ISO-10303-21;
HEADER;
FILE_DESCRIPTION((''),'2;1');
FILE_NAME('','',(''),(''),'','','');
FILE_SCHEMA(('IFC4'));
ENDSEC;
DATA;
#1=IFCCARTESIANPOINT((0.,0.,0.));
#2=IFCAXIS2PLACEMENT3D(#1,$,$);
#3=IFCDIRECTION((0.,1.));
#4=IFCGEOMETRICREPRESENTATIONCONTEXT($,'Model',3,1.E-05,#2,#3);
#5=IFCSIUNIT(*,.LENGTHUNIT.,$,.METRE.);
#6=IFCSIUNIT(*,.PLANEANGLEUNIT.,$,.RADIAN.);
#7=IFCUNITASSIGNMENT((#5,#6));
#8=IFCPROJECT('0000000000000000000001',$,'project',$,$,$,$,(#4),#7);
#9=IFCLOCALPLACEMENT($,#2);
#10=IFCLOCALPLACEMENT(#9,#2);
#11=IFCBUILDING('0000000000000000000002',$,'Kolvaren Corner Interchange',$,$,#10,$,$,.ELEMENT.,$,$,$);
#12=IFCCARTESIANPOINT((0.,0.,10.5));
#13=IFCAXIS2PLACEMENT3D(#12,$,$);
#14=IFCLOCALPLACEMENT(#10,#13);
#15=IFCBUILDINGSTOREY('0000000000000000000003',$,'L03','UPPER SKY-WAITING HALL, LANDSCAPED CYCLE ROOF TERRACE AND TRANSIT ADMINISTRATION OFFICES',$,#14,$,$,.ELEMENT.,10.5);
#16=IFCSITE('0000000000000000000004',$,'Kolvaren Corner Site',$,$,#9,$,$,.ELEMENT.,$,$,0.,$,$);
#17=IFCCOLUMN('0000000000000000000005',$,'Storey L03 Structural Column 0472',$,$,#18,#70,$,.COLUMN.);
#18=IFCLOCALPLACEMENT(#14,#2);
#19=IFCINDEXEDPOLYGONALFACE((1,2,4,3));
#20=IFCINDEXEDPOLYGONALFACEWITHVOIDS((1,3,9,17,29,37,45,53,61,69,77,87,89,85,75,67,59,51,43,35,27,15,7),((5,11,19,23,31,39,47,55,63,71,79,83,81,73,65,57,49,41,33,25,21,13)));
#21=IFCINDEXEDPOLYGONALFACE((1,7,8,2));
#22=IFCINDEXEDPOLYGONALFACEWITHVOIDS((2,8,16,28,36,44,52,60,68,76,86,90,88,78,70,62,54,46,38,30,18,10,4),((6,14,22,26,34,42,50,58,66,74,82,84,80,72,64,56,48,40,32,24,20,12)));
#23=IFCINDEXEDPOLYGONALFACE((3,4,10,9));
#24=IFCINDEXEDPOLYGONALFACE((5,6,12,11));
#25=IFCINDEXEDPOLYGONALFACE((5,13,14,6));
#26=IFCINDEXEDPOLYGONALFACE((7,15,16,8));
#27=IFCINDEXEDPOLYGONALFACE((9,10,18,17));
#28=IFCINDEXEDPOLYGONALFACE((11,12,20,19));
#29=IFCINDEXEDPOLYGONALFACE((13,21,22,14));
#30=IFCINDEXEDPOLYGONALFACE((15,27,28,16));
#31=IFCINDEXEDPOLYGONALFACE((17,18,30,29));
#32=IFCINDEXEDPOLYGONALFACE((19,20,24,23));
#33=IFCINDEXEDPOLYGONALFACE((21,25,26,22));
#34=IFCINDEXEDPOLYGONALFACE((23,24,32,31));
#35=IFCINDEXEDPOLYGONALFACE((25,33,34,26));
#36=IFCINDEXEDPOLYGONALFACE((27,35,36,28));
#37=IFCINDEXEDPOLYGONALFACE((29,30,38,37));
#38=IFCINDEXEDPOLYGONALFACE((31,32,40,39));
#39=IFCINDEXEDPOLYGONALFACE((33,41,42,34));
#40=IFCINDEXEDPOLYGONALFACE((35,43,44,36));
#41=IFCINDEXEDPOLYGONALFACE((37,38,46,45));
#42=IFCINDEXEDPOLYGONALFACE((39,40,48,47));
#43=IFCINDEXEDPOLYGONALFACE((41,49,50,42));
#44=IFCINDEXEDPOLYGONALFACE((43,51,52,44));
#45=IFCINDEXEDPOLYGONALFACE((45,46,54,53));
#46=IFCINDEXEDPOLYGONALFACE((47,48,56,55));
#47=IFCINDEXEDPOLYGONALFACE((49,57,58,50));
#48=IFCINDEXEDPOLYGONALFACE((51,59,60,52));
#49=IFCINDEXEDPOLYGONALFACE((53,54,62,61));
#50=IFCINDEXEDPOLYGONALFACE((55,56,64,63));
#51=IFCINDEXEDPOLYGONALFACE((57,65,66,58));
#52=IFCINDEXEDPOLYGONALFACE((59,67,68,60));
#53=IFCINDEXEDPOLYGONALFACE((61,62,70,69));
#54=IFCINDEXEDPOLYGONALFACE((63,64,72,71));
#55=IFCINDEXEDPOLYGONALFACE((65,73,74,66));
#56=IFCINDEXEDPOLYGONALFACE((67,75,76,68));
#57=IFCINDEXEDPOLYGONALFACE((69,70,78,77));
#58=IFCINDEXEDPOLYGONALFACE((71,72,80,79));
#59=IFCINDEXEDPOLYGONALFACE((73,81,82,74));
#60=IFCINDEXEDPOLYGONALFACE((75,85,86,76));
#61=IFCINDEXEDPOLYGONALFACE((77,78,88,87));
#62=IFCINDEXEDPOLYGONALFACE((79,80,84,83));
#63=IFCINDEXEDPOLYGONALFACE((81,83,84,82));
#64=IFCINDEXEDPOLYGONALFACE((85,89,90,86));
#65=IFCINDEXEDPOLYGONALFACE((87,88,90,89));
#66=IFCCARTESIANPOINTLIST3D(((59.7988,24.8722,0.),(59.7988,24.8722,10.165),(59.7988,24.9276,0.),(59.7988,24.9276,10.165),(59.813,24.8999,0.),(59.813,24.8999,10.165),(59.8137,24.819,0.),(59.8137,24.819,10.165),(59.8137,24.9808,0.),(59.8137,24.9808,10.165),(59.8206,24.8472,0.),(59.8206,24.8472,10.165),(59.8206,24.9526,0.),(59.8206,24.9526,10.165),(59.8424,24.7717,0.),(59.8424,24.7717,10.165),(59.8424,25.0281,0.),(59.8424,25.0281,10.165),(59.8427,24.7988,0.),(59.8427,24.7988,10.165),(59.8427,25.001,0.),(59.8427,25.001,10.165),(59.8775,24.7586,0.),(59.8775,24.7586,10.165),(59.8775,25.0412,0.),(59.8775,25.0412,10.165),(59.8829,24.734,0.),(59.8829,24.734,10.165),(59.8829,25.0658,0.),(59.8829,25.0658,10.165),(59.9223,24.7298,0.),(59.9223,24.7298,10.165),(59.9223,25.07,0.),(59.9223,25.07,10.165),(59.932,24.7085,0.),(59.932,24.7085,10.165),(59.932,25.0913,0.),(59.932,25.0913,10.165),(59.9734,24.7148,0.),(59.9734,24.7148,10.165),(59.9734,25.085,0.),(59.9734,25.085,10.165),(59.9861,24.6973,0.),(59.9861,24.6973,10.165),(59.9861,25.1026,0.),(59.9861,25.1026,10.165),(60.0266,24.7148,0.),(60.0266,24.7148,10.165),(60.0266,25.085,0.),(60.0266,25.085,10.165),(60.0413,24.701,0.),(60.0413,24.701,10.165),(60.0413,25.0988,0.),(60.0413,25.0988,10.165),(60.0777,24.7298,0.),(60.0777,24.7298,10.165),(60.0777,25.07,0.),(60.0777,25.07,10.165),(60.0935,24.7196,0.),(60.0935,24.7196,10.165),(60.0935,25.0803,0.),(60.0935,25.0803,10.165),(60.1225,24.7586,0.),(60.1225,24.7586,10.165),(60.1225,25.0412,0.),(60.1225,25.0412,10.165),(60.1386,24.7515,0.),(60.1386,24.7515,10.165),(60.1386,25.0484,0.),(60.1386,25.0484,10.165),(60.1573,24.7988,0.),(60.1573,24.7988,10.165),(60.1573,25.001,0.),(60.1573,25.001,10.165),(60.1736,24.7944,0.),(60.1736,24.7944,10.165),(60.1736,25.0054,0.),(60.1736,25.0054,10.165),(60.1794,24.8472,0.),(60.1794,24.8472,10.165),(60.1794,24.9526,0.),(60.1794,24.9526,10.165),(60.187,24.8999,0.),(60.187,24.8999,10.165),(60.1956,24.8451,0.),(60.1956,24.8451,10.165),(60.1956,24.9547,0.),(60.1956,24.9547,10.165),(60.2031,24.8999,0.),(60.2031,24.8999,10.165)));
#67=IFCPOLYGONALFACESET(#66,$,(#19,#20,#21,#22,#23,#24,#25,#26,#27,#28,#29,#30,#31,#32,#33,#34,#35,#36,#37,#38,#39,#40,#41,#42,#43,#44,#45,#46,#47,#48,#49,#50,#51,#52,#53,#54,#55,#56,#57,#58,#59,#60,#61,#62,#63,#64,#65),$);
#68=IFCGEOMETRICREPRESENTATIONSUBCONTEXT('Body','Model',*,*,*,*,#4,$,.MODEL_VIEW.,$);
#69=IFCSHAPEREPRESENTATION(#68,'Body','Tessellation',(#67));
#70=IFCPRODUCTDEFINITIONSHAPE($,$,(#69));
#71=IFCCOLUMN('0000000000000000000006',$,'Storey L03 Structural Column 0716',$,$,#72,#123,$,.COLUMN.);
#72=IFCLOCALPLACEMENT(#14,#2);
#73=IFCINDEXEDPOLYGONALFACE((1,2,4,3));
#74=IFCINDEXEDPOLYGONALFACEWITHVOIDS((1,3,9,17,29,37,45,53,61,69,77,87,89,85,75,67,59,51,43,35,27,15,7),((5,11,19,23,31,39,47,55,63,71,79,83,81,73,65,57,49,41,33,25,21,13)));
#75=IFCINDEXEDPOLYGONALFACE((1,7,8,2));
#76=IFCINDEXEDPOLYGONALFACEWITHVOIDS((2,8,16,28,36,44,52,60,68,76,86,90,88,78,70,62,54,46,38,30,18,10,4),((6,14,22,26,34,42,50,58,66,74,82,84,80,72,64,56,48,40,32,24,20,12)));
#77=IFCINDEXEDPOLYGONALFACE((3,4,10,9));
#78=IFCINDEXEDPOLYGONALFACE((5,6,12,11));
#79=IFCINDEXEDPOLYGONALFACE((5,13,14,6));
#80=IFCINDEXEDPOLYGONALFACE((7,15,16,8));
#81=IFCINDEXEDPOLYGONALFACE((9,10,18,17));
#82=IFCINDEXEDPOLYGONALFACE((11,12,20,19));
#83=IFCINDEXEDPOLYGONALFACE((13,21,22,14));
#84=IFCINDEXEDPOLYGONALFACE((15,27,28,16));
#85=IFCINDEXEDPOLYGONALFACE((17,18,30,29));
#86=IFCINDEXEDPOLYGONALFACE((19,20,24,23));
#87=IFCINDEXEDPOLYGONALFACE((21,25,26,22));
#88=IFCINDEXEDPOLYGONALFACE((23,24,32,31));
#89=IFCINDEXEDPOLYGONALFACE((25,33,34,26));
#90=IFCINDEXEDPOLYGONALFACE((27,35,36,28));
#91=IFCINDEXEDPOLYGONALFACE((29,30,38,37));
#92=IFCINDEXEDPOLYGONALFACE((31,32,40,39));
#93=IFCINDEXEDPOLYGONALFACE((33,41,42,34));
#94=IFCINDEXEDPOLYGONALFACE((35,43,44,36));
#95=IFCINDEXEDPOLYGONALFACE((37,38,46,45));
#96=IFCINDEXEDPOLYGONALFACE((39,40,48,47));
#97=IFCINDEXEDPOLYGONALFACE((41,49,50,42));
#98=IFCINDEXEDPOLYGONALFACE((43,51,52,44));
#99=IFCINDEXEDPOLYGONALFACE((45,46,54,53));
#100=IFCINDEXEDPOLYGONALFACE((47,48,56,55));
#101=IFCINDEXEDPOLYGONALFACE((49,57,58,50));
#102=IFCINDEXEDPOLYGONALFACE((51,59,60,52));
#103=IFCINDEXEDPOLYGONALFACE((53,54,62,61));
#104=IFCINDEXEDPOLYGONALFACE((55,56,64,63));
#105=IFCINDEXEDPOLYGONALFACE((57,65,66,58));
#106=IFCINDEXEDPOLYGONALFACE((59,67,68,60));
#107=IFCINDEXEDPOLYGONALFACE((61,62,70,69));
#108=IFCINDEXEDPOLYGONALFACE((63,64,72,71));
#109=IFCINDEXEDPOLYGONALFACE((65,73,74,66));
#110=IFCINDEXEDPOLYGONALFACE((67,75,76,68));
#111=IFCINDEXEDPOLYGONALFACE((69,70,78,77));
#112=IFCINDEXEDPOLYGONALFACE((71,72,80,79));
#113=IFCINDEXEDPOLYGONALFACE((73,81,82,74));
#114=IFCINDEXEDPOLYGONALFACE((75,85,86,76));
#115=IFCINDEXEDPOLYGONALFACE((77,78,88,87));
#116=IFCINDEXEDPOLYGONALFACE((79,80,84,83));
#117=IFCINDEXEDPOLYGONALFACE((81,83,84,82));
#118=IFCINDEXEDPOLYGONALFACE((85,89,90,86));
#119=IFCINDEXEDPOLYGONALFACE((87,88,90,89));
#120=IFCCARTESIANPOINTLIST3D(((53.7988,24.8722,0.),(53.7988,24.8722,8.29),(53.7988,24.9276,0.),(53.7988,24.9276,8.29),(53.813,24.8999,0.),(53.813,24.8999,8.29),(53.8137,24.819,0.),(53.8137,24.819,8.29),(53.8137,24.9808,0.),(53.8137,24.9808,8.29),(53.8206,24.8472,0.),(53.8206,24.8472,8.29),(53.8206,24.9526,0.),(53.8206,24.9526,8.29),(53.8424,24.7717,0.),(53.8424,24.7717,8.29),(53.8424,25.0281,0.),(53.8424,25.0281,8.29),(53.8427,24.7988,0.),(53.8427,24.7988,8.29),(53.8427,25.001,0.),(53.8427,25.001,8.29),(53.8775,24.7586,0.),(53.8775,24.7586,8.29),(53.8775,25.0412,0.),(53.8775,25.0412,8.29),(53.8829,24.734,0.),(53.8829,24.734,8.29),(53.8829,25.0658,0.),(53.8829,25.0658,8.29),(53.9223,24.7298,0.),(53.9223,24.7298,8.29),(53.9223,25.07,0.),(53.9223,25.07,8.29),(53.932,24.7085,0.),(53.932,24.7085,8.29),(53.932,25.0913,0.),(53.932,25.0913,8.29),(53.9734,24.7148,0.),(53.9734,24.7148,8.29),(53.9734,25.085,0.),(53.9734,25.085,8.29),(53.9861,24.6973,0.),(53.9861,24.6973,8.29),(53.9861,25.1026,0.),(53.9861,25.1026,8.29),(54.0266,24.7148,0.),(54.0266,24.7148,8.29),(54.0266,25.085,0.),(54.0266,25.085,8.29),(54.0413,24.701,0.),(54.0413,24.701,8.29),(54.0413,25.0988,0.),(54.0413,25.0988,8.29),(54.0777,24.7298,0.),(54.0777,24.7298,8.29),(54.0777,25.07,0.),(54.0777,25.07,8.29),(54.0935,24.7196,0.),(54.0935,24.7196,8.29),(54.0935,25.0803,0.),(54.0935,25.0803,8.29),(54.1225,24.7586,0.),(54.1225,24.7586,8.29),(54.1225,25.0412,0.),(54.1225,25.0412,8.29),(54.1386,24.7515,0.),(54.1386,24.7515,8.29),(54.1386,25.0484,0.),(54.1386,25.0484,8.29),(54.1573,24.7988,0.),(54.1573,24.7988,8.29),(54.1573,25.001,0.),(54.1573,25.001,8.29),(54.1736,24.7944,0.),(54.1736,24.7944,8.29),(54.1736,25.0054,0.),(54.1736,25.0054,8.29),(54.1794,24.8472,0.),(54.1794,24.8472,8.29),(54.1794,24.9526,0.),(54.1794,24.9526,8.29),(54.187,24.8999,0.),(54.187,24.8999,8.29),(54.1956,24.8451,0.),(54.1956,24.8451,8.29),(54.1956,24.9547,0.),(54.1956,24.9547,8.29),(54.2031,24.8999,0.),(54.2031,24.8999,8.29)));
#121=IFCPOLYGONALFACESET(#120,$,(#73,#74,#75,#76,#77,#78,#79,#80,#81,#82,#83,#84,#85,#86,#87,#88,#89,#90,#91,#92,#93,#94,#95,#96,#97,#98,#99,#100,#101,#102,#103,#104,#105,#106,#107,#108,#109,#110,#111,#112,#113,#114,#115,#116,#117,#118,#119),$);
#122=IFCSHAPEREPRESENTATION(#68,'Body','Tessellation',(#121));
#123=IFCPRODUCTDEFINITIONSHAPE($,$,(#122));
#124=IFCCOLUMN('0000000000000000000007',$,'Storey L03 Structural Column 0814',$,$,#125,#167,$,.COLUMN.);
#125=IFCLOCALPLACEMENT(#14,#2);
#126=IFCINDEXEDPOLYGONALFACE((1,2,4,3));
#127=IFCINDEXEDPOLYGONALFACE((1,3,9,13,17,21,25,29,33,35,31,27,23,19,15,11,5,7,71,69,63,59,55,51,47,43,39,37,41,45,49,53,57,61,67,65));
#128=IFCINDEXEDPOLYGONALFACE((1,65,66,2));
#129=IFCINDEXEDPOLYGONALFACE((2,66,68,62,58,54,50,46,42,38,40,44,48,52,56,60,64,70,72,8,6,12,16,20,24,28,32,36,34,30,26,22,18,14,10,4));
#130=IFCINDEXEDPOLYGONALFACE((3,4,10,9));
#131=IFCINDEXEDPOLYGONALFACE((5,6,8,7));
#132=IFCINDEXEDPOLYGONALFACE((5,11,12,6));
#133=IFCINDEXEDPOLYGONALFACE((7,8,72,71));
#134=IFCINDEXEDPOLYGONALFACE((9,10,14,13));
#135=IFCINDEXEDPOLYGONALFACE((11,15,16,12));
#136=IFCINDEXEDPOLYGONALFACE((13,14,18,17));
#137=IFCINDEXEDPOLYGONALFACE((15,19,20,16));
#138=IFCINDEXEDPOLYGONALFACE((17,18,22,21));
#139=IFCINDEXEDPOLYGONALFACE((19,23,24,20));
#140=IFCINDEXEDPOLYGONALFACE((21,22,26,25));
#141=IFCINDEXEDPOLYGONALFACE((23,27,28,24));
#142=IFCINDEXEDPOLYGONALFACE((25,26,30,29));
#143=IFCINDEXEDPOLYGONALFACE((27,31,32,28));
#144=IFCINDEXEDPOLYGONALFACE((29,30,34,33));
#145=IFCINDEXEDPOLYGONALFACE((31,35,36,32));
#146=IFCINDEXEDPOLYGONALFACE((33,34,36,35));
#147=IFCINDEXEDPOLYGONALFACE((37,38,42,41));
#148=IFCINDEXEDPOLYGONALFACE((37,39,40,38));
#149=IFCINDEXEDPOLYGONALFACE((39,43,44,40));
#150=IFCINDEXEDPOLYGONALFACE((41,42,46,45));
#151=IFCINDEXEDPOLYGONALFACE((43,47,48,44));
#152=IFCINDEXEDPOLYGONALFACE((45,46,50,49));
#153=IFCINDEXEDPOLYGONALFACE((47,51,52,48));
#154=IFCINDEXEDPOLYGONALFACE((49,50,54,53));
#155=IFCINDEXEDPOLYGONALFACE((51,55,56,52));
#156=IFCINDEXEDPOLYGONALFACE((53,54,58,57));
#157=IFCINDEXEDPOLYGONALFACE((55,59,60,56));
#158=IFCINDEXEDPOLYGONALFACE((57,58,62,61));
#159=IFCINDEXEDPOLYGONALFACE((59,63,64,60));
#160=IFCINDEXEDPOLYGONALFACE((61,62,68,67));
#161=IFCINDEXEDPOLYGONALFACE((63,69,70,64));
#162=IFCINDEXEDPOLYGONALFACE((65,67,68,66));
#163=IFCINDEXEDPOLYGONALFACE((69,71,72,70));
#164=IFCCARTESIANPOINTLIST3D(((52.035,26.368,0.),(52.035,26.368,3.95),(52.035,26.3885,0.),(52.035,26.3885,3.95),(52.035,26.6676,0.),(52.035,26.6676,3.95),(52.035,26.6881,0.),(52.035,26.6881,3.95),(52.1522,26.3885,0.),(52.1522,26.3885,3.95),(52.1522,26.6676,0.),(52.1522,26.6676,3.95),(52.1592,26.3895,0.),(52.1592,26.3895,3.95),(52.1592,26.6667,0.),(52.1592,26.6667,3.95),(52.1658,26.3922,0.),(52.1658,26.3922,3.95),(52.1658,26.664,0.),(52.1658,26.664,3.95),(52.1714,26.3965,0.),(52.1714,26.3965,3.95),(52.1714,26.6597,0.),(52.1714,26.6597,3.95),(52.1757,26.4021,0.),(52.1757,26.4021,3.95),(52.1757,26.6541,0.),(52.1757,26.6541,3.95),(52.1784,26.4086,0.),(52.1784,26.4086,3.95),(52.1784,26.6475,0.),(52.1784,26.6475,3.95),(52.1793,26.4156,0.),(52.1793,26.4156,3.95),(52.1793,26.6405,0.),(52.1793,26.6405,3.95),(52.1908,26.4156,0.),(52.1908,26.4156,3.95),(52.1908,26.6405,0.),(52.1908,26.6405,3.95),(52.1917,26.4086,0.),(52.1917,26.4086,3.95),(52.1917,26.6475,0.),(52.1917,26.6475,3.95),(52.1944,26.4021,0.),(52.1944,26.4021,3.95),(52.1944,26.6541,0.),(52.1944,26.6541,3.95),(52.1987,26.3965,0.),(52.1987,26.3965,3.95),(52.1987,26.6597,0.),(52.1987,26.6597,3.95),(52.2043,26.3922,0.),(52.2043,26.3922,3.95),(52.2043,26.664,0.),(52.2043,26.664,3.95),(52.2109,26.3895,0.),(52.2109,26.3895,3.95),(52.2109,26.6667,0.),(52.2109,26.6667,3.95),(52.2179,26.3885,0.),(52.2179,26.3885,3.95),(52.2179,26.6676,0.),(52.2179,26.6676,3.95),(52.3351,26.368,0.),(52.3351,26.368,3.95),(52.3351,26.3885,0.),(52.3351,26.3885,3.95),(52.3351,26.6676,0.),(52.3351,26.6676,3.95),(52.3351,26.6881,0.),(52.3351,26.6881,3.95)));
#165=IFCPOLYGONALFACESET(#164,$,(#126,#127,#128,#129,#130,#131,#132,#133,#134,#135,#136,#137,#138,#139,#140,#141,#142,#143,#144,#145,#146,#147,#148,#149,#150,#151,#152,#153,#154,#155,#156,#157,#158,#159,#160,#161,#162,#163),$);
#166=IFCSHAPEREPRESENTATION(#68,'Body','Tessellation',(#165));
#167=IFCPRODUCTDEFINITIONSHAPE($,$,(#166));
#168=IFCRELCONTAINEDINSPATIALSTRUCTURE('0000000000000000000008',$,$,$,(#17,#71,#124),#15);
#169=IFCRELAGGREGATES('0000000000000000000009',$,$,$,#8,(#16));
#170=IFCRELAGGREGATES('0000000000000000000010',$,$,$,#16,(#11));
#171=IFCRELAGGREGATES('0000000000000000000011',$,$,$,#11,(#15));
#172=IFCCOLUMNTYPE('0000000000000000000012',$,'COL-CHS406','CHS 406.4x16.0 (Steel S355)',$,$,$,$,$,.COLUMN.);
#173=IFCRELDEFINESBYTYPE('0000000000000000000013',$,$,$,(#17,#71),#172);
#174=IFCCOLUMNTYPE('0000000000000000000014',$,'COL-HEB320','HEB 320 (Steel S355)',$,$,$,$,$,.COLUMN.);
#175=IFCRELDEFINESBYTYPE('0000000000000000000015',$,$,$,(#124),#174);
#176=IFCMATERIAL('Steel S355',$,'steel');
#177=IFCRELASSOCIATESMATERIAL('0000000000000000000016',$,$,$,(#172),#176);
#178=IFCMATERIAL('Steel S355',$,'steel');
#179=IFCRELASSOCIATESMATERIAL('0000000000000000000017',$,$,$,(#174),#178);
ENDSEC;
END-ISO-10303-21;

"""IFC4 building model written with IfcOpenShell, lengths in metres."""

from ifc_helpers import new_model, si_unit, direction, frame, origin, origin_2d, place, context, subcontext, project, spatial, hollow_circle, i_section, extrude, material, material_profile, profile_set, type_object, element, save


model = new_model("IFC4")

# Units and contexts
model_context = context("Model", 3, precision=1e-05, world=origin(), true_north=direction((0.0, 1.0)))
body_context = subcontext(model_context, "Body", "Model", "MODEL_VIEW")
ifc_project = project(units=[si_unit("LENGTHUNIT", "METRE"), si_unit("PLANEANGLEUNIT", "RADIAN")], contexts=[model_context])

# Site, building, storey
site_placement = place(None, origin())
site = spatial("IfcSite", under=ifc_project, at=site_placement, Name="Kolvaren Corner Site", CompositionType="ELEMENT", RefElevation=0.0)
building_placement = place(site_placement, origin())
building = spatial("IfcBuilding", under=site, at=building_placement, Name="Kolvaren Corner Interchange", CompositionType="ELEMENT")
storey_placement = place(building_placement, frame((0.0, 0.0, 10.5)))
storey = spatial("IfcBuildingStorey", under=building, at=storey_placement, Name="L03", Description="UPPER SKY-WAITING HALL, LANDSCAPED CYCLE ROOF TERRACE AND TRANSIT ADMINISTRATION OFFICES", CompositionType="ELEMENT", Elevation=10.5)

# Columns
ifc_material_1 = material(Name="Steel S355", Category="steel")
ifc_material_profile_1 = material_profile(ifc_material_1, hollow_circle(Radius=0.2031, WallThickness=0.0161, at=origin_2d()), Name="CHS 406.4x16.0")
ifc_profile_set_1 = profile_set([ifc_material_profile_1], Name="Steel S355")
column_type_1 = type_object("IfcColumnType", Name="COL-CHS406", Description="CHS 406.4x16.0 (Steel S355)", PredefinedType="COLUMN", material=ifc_profile_set_1)
column_1_placement = place(storey_placement, frame((60.0, 24.8999, 0.0), z_axis=(0.0, 0.0, 1.0), x_axis=(1.0, 0.0, 0.0)))
element("IfcColumn", 1, at=column_1_placement, inside=storey, type_object=column_type_1, Name="Storey L03 Structural Column 0472", PredefinedType="COLUMN", context=body_context, shape_type="SweptSolid", body=[
    extrude(hollow_circle(Radius=0.2031, WallThickness=0.0161, at=origin_2d()), origin(), (0.0, 0.0, 1.0), 10.165),
])
column_2_placement = place(storey_placement, frame((54.0, 24.8999, 0.0), z_axis=(0.0, 0.0, 1.0), x_axis=(1.0, 0.0, 0.0)))
element("IfcColumn", 2, at=column_2_placement, inside=storey, type_object=column_type_1, Name="Storey L03 Structural Column 0716", PredefinedType="COLUMN", context=body_context, shape_type="SweptSolid", body=[
    extrude(hollow_circle(Radius=0.2031, WallThickness=0.0161, at=origin_2d()), origin(), (0.0, 0.0, 1.0), 8.29),
])
ifc_material_2 = material(Name="Steel S355", Category="steel")
ifc_material_profile_2 = material_profile(ifc_material_2, i_section(OverallWidth=0.3, OverallDepth=0.3201, WebThickness=0.0115, FlangeThickness=0.0205, FilletRadius=0.0271, at=origin_2d()), Name="HEB 320")
ifc_profile_set_2 = profile_set([ifc_material_profile_2], Name="Steel S355")
column_type_2 = type_object("IfcColumnType", Name="COL-HEB320", Description="HEB 320 (Steel S355)", PredefinedType="COLUMN", material=ifc_profile_set_2)
column_3_placement = place(storey_placement, frame((52.1851, 26.5281, 0.0), z_axis=(0.0, 0.0, 1.0), x_axis=(1.0, 0.0, 0.0)))
element("IfcColumn", 3, at=column_3_placement, inside=storey, type_object=column_type_2, Name="Storey L03 Structural Column 0814", PredefinedType="COLUMN", context=body_context, shape_type="SweptSolid", body=[
    extrude(i_section(OverallWidth=0.3, OverallDepth=0.3201, WebThickness=0.0115, FlangeThickness=0.0205, FilletRadius=0.0271, at=origin_2d()), origin(), (0.0, 0.0, 1.0), 3.95),
])

save(model, "model.ifc")
